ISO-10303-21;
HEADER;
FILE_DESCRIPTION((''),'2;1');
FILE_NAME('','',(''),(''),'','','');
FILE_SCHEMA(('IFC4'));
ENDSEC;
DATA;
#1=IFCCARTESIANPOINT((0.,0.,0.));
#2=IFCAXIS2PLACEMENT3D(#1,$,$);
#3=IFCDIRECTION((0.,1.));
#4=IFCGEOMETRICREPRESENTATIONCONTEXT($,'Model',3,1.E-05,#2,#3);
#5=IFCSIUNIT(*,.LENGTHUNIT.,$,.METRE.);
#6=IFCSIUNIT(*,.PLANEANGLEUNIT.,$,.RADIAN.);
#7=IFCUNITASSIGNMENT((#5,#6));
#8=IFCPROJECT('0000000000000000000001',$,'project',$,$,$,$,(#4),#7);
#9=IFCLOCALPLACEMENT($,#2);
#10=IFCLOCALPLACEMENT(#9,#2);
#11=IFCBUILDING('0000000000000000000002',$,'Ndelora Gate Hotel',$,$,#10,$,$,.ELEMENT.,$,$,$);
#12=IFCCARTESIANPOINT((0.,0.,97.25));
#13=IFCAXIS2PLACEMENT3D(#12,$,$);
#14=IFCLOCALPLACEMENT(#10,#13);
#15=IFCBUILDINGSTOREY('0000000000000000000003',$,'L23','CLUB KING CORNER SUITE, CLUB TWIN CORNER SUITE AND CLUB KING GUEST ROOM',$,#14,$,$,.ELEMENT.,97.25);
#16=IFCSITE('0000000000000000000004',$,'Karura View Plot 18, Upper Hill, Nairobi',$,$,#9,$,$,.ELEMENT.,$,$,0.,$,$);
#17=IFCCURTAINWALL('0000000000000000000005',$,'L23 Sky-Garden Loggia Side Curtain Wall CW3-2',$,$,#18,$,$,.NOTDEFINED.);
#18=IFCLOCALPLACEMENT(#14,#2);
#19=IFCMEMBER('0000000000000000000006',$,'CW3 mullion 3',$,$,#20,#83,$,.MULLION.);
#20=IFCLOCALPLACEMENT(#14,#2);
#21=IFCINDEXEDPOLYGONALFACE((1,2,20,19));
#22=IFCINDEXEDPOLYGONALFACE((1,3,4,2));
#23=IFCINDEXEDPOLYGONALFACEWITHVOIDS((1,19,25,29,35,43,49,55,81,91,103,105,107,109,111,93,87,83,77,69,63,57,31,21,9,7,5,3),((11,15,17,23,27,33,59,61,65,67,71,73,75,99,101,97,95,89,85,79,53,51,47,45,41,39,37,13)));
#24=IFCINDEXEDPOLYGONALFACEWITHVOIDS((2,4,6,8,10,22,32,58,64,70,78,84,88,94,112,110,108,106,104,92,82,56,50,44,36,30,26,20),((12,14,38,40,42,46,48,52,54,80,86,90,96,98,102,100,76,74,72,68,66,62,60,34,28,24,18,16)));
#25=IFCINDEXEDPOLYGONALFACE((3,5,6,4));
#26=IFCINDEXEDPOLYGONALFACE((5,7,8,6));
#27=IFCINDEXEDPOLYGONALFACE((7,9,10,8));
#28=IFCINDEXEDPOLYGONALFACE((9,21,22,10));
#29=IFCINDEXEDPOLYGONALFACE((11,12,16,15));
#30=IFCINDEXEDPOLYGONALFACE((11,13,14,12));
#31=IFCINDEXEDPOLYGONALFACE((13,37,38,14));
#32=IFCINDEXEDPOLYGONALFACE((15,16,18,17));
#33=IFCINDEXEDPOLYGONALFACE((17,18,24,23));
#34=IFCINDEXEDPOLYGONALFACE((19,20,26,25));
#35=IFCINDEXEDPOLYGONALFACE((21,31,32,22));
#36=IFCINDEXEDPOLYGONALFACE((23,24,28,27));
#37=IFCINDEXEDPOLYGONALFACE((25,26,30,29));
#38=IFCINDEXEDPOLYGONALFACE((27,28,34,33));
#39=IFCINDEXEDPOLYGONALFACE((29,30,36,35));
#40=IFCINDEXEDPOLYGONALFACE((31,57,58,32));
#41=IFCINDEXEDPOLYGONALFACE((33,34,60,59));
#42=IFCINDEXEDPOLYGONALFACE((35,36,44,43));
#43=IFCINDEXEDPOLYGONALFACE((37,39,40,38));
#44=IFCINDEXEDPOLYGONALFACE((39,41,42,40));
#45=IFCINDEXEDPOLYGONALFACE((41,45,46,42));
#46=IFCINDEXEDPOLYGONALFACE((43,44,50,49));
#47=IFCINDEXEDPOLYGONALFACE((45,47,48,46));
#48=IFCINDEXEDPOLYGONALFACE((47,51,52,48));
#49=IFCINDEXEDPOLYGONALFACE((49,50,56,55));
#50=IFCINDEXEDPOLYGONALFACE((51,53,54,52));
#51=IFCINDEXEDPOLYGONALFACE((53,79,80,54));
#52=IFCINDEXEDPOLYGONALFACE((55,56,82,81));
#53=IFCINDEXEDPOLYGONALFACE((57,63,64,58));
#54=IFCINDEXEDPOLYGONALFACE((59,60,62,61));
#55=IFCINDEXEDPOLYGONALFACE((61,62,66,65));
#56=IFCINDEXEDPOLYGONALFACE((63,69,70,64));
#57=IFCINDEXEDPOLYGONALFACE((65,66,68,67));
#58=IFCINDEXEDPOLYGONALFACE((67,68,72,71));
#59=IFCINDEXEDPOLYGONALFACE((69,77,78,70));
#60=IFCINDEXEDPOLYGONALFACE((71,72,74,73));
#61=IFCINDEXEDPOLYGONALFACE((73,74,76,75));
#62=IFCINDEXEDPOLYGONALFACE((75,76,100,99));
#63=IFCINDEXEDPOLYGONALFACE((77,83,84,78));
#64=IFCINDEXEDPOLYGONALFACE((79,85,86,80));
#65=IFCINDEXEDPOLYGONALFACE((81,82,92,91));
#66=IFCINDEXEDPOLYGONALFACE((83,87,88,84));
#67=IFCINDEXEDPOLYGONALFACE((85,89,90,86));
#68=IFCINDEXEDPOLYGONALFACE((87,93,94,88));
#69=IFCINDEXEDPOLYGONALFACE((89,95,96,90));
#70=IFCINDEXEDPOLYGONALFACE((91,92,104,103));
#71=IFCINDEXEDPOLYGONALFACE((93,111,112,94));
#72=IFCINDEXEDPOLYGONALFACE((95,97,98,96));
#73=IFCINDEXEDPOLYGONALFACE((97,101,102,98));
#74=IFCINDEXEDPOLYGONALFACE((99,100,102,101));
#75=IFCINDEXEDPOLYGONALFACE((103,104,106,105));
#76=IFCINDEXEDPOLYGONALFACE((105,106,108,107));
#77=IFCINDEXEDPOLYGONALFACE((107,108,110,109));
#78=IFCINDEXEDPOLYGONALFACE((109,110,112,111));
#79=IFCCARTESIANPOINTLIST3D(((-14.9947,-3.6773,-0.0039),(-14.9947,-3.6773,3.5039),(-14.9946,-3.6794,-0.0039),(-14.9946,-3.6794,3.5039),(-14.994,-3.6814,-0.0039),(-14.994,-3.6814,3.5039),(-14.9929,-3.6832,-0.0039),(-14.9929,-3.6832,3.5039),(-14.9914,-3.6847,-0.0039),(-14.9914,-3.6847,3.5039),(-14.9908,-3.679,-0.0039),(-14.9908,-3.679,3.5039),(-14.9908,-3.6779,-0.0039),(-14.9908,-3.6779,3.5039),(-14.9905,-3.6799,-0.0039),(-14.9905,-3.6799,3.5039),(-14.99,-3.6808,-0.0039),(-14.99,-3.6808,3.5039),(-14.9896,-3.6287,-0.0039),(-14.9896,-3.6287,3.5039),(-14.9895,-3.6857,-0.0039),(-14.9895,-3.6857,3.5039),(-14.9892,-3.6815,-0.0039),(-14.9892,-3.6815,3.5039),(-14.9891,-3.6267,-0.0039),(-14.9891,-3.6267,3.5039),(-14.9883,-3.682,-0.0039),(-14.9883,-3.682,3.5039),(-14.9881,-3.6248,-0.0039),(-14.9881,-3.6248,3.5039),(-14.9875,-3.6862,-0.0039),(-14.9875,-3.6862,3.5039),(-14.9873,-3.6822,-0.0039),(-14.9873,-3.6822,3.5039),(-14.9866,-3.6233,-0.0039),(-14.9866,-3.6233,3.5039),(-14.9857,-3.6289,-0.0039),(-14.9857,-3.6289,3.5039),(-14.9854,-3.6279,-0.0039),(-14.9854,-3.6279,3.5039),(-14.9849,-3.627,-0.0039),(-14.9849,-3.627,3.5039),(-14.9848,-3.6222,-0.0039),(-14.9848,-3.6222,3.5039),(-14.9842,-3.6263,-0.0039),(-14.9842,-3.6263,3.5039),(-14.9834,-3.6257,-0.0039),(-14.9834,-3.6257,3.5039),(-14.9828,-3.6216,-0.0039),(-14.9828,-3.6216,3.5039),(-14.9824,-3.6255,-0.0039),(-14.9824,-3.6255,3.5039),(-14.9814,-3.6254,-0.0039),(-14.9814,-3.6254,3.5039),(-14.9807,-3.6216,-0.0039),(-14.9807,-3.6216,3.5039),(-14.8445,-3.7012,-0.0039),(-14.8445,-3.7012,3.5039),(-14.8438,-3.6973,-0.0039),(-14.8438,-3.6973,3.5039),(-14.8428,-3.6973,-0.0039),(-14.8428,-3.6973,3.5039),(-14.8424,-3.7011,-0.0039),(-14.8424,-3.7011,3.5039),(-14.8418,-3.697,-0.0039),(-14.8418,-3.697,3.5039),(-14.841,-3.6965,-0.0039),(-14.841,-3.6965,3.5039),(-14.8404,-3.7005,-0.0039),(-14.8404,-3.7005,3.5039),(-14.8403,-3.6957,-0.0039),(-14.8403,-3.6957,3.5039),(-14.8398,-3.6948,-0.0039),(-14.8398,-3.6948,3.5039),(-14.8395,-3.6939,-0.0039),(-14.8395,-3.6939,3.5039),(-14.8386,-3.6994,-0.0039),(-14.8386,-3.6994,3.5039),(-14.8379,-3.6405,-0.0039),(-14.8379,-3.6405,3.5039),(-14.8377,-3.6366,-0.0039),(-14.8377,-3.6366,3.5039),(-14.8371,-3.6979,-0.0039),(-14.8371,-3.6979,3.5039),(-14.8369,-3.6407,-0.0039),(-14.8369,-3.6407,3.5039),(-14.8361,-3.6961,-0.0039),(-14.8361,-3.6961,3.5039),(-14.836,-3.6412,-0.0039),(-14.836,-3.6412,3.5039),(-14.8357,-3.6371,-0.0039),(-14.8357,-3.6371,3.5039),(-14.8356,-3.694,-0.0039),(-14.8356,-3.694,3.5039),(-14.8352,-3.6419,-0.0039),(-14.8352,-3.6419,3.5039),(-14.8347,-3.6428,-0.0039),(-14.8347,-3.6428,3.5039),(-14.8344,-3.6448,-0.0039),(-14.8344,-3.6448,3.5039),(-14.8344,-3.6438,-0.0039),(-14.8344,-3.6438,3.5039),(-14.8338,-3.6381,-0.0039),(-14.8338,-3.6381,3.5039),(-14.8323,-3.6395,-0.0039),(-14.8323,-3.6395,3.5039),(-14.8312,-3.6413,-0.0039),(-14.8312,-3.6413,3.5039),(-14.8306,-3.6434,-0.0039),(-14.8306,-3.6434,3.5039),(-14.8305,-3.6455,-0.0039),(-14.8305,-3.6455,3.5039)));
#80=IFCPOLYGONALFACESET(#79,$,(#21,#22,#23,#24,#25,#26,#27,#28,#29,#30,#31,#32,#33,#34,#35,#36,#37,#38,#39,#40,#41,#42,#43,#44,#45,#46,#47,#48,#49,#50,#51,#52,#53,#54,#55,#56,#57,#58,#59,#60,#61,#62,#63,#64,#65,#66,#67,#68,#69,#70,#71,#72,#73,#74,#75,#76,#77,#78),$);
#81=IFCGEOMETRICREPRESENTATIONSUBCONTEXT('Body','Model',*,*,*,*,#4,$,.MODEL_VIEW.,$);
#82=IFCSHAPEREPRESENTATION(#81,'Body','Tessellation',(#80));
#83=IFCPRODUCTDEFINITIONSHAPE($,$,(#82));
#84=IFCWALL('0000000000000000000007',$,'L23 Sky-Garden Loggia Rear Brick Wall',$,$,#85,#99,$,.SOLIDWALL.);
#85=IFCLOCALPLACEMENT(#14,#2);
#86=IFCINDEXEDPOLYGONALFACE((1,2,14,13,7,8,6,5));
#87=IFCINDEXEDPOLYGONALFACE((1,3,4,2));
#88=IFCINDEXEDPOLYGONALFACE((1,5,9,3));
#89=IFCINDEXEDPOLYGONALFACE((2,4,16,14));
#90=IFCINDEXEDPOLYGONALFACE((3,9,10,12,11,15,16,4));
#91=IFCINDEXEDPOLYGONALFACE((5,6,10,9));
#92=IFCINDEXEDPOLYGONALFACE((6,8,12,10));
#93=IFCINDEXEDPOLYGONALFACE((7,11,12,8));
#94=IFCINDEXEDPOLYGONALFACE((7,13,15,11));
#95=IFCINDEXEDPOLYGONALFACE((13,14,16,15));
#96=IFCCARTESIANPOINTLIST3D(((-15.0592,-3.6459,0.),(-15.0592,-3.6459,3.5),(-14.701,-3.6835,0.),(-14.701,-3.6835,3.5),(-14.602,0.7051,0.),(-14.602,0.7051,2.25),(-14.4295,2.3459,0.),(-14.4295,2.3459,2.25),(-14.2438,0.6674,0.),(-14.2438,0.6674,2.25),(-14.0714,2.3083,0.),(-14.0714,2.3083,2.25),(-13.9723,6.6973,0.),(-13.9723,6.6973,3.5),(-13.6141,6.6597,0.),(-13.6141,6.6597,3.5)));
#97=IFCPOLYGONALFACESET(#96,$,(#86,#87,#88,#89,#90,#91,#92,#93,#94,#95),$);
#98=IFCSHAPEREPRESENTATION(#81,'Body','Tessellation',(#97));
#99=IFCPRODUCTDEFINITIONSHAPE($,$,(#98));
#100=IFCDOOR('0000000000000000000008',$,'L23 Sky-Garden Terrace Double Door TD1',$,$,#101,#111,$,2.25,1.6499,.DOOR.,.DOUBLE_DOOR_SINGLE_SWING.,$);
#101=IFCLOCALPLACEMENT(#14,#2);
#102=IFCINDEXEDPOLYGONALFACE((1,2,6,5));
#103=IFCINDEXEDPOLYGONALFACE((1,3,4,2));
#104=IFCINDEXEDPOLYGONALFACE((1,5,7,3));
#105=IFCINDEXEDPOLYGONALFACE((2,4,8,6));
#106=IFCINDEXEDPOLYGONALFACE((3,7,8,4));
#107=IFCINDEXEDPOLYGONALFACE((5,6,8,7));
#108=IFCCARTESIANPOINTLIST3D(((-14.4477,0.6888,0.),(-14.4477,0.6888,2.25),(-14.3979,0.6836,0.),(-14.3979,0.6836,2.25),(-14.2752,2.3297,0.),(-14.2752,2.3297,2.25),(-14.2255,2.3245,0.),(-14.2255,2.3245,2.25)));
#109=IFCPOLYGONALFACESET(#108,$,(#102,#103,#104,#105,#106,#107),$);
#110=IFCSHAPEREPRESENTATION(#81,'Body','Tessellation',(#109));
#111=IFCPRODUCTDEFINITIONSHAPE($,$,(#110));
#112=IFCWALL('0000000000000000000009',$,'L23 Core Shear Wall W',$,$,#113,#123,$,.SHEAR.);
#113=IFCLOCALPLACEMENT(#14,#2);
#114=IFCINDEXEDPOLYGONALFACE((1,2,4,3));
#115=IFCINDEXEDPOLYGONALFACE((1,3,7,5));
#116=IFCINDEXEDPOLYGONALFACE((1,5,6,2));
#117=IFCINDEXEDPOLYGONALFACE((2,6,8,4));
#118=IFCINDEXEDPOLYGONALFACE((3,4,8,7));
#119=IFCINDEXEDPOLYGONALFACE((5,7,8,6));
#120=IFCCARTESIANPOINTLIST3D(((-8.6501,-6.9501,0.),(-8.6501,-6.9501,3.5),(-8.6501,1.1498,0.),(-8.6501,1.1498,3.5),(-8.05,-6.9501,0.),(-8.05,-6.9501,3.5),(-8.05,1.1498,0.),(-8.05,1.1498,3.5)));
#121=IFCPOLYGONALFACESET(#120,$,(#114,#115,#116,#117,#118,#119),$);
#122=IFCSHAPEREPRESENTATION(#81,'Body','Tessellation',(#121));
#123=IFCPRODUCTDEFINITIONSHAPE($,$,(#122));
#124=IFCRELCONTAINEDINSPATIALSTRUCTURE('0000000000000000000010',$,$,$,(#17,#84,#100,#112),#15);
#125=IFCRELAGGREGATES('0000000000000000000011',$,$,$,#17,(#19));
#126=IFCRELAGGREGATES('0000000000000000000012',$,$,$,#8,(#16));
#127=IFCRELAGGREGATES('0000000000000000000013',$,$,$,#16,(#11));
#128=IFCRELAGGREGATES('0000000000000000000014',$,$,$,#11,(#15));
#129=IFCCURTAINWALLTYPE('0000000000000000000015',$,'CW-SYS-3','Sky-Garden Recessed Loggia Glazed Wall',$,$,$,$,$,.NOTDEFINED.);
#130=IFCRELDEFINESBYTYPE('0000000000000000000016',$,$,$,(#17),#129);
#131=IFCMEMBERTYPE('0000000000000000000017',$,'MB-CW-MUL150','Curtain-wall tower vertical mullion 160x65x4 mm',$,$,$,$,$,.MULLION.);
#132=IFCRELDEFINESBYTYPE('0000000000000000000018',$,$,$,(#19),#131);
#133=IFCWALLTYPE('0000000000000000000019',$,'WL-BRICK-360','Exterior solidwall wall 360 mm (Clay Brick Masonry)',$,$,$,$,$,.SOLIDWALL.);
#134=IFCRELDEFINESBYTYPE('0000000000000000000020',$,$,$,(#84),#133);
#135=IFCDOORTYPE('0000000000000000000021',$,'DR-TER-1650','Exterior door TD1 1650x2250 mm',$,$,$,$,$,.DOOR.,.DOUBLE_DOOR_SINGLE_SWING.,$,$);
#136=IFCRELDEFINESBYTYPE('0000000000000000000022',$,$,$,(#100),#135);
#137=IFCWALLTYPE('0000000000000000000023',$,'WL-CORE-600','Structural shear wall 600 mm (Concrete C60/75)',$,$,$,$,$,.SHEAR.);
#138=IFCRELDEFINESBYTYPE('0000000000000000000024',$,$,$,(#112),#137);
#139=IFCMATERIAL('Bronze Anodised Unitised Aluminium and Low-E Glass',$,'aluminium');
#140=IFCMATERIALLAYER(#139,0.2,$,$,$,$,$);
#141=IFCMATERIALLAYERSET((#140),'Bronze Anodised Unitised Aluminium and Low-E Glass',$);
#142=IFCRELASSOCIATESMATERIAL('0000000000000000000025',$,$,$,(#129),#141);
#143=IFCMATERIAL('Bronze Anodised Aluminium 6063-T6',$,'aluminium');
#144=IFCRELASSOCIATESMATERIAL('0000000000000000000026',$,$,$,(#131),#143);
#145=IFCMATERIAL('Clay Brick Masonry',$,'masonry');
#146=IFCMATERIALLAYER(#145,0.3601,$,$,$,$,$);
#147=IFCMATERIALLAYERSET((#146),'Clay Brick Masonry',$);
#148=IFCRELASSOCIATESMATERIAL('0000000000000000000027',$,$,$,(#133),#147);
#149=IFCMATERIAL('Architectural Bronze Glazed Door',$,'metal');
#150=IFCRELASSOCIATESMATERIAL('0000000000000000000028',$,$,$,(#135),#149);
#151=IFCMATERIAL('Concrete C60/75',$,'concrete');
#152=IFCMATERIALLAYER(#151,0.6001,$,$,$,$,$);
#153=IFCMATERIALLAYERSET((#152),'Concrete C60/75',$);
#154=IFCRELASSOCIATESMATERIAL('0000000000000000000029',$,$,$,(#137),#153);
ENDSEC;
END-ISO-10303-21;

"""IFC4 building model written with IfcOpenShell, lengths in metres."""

from ifc_helpers import new_model, si_unit, direction, frame, frame_2d, origin, origin_2d, place, context, subcontext, project, spatial, rectangle, hollow_rectangle, extrude, material, layer, layer_set, material_profile, profile_set, type_object, element, fill, aggregate, save


model = new_model("IFC4")

# Units and contexts
model_context = context("Model", 3, precision=1e-05, world=origin(), true_north=direction((0.0, 1.0)))
body_context = subcontext(model_context, "Body", "Model", "MODEL_VIEW")
ifc_project = project(units=[si_unit("LENGTHUNIT", "METRE"), si_unit("PLANEANGLEUNIT", "RADIAN")], contexts=[model_context])

# Site, building, storey
site_placement = place(None, origin())
site = spatial("IfcSite", under=ifc_project, at=site_placement, Name="Karura View Plot 18, Upper Hill, Nairobi", CompositionType="ELEMENT", RefElevation=0.0)
building_placement = place(site_placement, origin())
building = spatial("IfcBuilding", under=site, at=building_placement, Name="Ndelora Gate Hotel", CompositionType="ELEMENT")
storey_placement = place(building_placement, frame((0.0, 0.0, 97.25)))
storey = spatial("IfcBuildingStorey", under=building, at=storey_placement, Name="L23", Description="CLUB KING CORNER SUITE, CLUB TWIN CORNER SUITE AND CLUB KING GUEST ROOM", CompositionType="ELEMENT", Elevation=97.25)

# Shared definitions
ifc_material_1 = material(Name="Concrete C60/75", Category="concrete")

# Curtain wall, member
ifc_material_2 = material(Name="Bronze Anodised Unitised Aluminium and Low-E Glass", Category="aluminium")
ifc_layer_1 = layer(ifc_material_2, 0.2)
ifc_layer_set_1 = layer_set([ifc_layer_1], Name="Bronze Anodised Unitised Aluminium and Low-E Glass")
curtain_wall_type = type_object("IfcCurtainWallType", Name="CW-SYS-3", Description="Sky-Garden Recessed Loggia Glazed Wall", PredefinedType="NOTDEFINED", material=ifc_layer_set_1)
curtain_wall_placement = place(storey_placement, origin())
curtain_wall = element("IfcCurtainWall", 1, at=curtain_wall_placement, inside=storey, type_object=curtain_wall_type, Name="L23 Sky-Garden Loggia Side Curtain Wall CW3-2", PredefinedType="NOTDEFINED")
ifc_material_3 = material(Name="Bronze Anodised Aluminium 6063-T6", Category="aluminium")
ifc_material_profile_1 = material_profile(ifc_material_3, hollow_rectangle(XDim=0.0649, YDim=0.1599, WallThickness=0.0039, InnerFilletRadius=0.0039, OuterFilletRadius=0.0081, at=origin_2d()), Name="ALU 160x65x4")
ifc_profile_set_1 = profile_set([ifc_material_profile_1], Name="Bronze Anodised Aluminium 6063-T6")
member_type = type_object("IfcMemberType", Name="MB-CW-MUL150", Description="Curtain-wall tower vertical mullion 160x65x4 mm", PredefinedType="MULLION", material=ifc_profile_set_1)
member_placement = place(storey_placement, frame((-14.9126, -3.6614, -0.0039), z_axis=(0.0, 0.0, 1.0), x_axis=(0.104548, 0.99452, 0.0)))
member = element("IfcMember", 2, at=member_placement, type_object=member_type, Name="CW3 mullion 3", PredefinedType="MULLION", context=body_context, shape_type="SweptSolid", body=[
    extrude(hollow_rectangle(XDim=0.0649, YDim=0.1599, WallThickness=0.0039, InnerFilletRadius=0.0039, OuterFilletRadius=0.0081, at=origin_2d()), origin(), (0.0, 0.0, 1.0), 3.5078),
])
aggregate(curtain_wall, [member])

# Wall, opening, door
ifc_material_4 = material(Name="Clay Brick Masonry", Category="masonry")
ifc_layer_2 = layer(ifc_material_4, 0.3601)
ifc_layer_set_2 = layer_set([ifc_layer_2], Name="Clay Brick Masonry")
wall_type_1 = type_object("IfcWallType", Name="WL-BRICK-360", Description="Exterior solidwall wall 360 mm (Clay Brick Masonry)", PredefinedType="SOLIDWALL", material=ifc_layer_set_2)
wall_1_placement = place(storey_placement, frame((-14.8801, -3.6648, 0.0), z_axis=(0.0, 0.0, 1.0), x_axis=(0.104509, 0.994524, 0.0)))
wall_1 = element("IfcWall", 3, at=wall_1_placement, inside=storey, type_object=wall_type_1, Name="L23 Sky-Garden Loggia Rear Brick Wall", PredefinedType="SOLIDWALL", context=body_context, shape_type="SweptSolid", body=[
    extrude(rectangle(XDim=10.4001, YDim=0.3601, at=frame_2d((5.2002, 0.0))), origin(), (0.0, 0.0, 1.0), 3.5),
])
opening_1_placement = place(wall_1_placement, frame((4.375, 0.0, 0.0)))
opening_1 = element("IfcOpeningElement", 4, at=opening_1_placement, cuts=wall_1, PredefinedType="OPENING", context=body_context, shape_type="SweptSolid", body=[
    extrude(rectangle(XDim=1.6499, YDim=2.25, at=frame_2d((0.825, 1.125))), frame((0.0, 0.1899, 0.0), z_axis=(0.0, -1.0, 0.0), x_axis=(1.0, 0.0, 0.0)), (0.0, 0.0, 1.0), 0.3801),
])
ifc_material_5 = material(Name="Architectural Bronze Glazed Door", Category="metal")
door_type_1 = type_object("IfcDoorType", Name="DR-TER-1650", Description="Exterior door TD1 1650x2250 mm", OperationType="DOUBLE_DOOR_SINGLE_SWING", PredefinedType="DOOR", material=ifc_material_5)
door_1_placement = place(opening_1_placement, origin())
door_1 = element("IfcDoor", 5, at=door_1_placement, inside=storey, type_object=door_type_1, Name="L23 Sky-Garden Terrace Double Door TD1", OperationType="DOUBLE_DOOR_SINGLE_SWING", OverallHeight=2.25, OverallWidth=1.6499, PredefinedType="DOOR", context=body_context, shape_type="SweptSolid", body=[
    extrude(rectangle(XDim=1.6499, YDim=2.25, at=frame_2d((0.825, 1.125))), frame((0.0, 0.0249, 0.0), z_axis=(0.0, -1.0, 0.0), x_axis=(1.0, 0.0, 0.0)), (0.0, 0.0, 1.0), 0.05),
])
fill(opening_1, door_1)

# Wall
ifc_layer_3 = layer(ifc_material_1, 0.6001)
ifc_layer_set_3 = layer_set([ifc_layer_3], Name="Concrete C60/75")
wall_type_2 = type_object("IfcWallType", Name="WL-CORE-600", Description="Structural shear wall 600 mm (Concrete C60/75)", PredefinedType="SHEAR", material=ifc_layer_set_3)
wall_2_placement = place(storey_placement, frame((-8.3501, -6.95, 0.0), z_axis=(0.0, 0.0, 1.0), x_axis=(0.0, 1.0, 0.0)))
element("IfcWall", 6, at=wall_2_placement, inside=storey, type_object=wall_type_2, Name="L23 Core Shear Wall W", PredefinedType="SHEAR", context=body_context, shape_type="SweptSolid", body=[
    extrude(rectangle(XDim=8.0999, YDim=0.6001, at=frame_2d((4.0498, 0.0))), origin(), (0.0, 0.0, 1.0), 3.5),
])

save(model, "model.ifc")
